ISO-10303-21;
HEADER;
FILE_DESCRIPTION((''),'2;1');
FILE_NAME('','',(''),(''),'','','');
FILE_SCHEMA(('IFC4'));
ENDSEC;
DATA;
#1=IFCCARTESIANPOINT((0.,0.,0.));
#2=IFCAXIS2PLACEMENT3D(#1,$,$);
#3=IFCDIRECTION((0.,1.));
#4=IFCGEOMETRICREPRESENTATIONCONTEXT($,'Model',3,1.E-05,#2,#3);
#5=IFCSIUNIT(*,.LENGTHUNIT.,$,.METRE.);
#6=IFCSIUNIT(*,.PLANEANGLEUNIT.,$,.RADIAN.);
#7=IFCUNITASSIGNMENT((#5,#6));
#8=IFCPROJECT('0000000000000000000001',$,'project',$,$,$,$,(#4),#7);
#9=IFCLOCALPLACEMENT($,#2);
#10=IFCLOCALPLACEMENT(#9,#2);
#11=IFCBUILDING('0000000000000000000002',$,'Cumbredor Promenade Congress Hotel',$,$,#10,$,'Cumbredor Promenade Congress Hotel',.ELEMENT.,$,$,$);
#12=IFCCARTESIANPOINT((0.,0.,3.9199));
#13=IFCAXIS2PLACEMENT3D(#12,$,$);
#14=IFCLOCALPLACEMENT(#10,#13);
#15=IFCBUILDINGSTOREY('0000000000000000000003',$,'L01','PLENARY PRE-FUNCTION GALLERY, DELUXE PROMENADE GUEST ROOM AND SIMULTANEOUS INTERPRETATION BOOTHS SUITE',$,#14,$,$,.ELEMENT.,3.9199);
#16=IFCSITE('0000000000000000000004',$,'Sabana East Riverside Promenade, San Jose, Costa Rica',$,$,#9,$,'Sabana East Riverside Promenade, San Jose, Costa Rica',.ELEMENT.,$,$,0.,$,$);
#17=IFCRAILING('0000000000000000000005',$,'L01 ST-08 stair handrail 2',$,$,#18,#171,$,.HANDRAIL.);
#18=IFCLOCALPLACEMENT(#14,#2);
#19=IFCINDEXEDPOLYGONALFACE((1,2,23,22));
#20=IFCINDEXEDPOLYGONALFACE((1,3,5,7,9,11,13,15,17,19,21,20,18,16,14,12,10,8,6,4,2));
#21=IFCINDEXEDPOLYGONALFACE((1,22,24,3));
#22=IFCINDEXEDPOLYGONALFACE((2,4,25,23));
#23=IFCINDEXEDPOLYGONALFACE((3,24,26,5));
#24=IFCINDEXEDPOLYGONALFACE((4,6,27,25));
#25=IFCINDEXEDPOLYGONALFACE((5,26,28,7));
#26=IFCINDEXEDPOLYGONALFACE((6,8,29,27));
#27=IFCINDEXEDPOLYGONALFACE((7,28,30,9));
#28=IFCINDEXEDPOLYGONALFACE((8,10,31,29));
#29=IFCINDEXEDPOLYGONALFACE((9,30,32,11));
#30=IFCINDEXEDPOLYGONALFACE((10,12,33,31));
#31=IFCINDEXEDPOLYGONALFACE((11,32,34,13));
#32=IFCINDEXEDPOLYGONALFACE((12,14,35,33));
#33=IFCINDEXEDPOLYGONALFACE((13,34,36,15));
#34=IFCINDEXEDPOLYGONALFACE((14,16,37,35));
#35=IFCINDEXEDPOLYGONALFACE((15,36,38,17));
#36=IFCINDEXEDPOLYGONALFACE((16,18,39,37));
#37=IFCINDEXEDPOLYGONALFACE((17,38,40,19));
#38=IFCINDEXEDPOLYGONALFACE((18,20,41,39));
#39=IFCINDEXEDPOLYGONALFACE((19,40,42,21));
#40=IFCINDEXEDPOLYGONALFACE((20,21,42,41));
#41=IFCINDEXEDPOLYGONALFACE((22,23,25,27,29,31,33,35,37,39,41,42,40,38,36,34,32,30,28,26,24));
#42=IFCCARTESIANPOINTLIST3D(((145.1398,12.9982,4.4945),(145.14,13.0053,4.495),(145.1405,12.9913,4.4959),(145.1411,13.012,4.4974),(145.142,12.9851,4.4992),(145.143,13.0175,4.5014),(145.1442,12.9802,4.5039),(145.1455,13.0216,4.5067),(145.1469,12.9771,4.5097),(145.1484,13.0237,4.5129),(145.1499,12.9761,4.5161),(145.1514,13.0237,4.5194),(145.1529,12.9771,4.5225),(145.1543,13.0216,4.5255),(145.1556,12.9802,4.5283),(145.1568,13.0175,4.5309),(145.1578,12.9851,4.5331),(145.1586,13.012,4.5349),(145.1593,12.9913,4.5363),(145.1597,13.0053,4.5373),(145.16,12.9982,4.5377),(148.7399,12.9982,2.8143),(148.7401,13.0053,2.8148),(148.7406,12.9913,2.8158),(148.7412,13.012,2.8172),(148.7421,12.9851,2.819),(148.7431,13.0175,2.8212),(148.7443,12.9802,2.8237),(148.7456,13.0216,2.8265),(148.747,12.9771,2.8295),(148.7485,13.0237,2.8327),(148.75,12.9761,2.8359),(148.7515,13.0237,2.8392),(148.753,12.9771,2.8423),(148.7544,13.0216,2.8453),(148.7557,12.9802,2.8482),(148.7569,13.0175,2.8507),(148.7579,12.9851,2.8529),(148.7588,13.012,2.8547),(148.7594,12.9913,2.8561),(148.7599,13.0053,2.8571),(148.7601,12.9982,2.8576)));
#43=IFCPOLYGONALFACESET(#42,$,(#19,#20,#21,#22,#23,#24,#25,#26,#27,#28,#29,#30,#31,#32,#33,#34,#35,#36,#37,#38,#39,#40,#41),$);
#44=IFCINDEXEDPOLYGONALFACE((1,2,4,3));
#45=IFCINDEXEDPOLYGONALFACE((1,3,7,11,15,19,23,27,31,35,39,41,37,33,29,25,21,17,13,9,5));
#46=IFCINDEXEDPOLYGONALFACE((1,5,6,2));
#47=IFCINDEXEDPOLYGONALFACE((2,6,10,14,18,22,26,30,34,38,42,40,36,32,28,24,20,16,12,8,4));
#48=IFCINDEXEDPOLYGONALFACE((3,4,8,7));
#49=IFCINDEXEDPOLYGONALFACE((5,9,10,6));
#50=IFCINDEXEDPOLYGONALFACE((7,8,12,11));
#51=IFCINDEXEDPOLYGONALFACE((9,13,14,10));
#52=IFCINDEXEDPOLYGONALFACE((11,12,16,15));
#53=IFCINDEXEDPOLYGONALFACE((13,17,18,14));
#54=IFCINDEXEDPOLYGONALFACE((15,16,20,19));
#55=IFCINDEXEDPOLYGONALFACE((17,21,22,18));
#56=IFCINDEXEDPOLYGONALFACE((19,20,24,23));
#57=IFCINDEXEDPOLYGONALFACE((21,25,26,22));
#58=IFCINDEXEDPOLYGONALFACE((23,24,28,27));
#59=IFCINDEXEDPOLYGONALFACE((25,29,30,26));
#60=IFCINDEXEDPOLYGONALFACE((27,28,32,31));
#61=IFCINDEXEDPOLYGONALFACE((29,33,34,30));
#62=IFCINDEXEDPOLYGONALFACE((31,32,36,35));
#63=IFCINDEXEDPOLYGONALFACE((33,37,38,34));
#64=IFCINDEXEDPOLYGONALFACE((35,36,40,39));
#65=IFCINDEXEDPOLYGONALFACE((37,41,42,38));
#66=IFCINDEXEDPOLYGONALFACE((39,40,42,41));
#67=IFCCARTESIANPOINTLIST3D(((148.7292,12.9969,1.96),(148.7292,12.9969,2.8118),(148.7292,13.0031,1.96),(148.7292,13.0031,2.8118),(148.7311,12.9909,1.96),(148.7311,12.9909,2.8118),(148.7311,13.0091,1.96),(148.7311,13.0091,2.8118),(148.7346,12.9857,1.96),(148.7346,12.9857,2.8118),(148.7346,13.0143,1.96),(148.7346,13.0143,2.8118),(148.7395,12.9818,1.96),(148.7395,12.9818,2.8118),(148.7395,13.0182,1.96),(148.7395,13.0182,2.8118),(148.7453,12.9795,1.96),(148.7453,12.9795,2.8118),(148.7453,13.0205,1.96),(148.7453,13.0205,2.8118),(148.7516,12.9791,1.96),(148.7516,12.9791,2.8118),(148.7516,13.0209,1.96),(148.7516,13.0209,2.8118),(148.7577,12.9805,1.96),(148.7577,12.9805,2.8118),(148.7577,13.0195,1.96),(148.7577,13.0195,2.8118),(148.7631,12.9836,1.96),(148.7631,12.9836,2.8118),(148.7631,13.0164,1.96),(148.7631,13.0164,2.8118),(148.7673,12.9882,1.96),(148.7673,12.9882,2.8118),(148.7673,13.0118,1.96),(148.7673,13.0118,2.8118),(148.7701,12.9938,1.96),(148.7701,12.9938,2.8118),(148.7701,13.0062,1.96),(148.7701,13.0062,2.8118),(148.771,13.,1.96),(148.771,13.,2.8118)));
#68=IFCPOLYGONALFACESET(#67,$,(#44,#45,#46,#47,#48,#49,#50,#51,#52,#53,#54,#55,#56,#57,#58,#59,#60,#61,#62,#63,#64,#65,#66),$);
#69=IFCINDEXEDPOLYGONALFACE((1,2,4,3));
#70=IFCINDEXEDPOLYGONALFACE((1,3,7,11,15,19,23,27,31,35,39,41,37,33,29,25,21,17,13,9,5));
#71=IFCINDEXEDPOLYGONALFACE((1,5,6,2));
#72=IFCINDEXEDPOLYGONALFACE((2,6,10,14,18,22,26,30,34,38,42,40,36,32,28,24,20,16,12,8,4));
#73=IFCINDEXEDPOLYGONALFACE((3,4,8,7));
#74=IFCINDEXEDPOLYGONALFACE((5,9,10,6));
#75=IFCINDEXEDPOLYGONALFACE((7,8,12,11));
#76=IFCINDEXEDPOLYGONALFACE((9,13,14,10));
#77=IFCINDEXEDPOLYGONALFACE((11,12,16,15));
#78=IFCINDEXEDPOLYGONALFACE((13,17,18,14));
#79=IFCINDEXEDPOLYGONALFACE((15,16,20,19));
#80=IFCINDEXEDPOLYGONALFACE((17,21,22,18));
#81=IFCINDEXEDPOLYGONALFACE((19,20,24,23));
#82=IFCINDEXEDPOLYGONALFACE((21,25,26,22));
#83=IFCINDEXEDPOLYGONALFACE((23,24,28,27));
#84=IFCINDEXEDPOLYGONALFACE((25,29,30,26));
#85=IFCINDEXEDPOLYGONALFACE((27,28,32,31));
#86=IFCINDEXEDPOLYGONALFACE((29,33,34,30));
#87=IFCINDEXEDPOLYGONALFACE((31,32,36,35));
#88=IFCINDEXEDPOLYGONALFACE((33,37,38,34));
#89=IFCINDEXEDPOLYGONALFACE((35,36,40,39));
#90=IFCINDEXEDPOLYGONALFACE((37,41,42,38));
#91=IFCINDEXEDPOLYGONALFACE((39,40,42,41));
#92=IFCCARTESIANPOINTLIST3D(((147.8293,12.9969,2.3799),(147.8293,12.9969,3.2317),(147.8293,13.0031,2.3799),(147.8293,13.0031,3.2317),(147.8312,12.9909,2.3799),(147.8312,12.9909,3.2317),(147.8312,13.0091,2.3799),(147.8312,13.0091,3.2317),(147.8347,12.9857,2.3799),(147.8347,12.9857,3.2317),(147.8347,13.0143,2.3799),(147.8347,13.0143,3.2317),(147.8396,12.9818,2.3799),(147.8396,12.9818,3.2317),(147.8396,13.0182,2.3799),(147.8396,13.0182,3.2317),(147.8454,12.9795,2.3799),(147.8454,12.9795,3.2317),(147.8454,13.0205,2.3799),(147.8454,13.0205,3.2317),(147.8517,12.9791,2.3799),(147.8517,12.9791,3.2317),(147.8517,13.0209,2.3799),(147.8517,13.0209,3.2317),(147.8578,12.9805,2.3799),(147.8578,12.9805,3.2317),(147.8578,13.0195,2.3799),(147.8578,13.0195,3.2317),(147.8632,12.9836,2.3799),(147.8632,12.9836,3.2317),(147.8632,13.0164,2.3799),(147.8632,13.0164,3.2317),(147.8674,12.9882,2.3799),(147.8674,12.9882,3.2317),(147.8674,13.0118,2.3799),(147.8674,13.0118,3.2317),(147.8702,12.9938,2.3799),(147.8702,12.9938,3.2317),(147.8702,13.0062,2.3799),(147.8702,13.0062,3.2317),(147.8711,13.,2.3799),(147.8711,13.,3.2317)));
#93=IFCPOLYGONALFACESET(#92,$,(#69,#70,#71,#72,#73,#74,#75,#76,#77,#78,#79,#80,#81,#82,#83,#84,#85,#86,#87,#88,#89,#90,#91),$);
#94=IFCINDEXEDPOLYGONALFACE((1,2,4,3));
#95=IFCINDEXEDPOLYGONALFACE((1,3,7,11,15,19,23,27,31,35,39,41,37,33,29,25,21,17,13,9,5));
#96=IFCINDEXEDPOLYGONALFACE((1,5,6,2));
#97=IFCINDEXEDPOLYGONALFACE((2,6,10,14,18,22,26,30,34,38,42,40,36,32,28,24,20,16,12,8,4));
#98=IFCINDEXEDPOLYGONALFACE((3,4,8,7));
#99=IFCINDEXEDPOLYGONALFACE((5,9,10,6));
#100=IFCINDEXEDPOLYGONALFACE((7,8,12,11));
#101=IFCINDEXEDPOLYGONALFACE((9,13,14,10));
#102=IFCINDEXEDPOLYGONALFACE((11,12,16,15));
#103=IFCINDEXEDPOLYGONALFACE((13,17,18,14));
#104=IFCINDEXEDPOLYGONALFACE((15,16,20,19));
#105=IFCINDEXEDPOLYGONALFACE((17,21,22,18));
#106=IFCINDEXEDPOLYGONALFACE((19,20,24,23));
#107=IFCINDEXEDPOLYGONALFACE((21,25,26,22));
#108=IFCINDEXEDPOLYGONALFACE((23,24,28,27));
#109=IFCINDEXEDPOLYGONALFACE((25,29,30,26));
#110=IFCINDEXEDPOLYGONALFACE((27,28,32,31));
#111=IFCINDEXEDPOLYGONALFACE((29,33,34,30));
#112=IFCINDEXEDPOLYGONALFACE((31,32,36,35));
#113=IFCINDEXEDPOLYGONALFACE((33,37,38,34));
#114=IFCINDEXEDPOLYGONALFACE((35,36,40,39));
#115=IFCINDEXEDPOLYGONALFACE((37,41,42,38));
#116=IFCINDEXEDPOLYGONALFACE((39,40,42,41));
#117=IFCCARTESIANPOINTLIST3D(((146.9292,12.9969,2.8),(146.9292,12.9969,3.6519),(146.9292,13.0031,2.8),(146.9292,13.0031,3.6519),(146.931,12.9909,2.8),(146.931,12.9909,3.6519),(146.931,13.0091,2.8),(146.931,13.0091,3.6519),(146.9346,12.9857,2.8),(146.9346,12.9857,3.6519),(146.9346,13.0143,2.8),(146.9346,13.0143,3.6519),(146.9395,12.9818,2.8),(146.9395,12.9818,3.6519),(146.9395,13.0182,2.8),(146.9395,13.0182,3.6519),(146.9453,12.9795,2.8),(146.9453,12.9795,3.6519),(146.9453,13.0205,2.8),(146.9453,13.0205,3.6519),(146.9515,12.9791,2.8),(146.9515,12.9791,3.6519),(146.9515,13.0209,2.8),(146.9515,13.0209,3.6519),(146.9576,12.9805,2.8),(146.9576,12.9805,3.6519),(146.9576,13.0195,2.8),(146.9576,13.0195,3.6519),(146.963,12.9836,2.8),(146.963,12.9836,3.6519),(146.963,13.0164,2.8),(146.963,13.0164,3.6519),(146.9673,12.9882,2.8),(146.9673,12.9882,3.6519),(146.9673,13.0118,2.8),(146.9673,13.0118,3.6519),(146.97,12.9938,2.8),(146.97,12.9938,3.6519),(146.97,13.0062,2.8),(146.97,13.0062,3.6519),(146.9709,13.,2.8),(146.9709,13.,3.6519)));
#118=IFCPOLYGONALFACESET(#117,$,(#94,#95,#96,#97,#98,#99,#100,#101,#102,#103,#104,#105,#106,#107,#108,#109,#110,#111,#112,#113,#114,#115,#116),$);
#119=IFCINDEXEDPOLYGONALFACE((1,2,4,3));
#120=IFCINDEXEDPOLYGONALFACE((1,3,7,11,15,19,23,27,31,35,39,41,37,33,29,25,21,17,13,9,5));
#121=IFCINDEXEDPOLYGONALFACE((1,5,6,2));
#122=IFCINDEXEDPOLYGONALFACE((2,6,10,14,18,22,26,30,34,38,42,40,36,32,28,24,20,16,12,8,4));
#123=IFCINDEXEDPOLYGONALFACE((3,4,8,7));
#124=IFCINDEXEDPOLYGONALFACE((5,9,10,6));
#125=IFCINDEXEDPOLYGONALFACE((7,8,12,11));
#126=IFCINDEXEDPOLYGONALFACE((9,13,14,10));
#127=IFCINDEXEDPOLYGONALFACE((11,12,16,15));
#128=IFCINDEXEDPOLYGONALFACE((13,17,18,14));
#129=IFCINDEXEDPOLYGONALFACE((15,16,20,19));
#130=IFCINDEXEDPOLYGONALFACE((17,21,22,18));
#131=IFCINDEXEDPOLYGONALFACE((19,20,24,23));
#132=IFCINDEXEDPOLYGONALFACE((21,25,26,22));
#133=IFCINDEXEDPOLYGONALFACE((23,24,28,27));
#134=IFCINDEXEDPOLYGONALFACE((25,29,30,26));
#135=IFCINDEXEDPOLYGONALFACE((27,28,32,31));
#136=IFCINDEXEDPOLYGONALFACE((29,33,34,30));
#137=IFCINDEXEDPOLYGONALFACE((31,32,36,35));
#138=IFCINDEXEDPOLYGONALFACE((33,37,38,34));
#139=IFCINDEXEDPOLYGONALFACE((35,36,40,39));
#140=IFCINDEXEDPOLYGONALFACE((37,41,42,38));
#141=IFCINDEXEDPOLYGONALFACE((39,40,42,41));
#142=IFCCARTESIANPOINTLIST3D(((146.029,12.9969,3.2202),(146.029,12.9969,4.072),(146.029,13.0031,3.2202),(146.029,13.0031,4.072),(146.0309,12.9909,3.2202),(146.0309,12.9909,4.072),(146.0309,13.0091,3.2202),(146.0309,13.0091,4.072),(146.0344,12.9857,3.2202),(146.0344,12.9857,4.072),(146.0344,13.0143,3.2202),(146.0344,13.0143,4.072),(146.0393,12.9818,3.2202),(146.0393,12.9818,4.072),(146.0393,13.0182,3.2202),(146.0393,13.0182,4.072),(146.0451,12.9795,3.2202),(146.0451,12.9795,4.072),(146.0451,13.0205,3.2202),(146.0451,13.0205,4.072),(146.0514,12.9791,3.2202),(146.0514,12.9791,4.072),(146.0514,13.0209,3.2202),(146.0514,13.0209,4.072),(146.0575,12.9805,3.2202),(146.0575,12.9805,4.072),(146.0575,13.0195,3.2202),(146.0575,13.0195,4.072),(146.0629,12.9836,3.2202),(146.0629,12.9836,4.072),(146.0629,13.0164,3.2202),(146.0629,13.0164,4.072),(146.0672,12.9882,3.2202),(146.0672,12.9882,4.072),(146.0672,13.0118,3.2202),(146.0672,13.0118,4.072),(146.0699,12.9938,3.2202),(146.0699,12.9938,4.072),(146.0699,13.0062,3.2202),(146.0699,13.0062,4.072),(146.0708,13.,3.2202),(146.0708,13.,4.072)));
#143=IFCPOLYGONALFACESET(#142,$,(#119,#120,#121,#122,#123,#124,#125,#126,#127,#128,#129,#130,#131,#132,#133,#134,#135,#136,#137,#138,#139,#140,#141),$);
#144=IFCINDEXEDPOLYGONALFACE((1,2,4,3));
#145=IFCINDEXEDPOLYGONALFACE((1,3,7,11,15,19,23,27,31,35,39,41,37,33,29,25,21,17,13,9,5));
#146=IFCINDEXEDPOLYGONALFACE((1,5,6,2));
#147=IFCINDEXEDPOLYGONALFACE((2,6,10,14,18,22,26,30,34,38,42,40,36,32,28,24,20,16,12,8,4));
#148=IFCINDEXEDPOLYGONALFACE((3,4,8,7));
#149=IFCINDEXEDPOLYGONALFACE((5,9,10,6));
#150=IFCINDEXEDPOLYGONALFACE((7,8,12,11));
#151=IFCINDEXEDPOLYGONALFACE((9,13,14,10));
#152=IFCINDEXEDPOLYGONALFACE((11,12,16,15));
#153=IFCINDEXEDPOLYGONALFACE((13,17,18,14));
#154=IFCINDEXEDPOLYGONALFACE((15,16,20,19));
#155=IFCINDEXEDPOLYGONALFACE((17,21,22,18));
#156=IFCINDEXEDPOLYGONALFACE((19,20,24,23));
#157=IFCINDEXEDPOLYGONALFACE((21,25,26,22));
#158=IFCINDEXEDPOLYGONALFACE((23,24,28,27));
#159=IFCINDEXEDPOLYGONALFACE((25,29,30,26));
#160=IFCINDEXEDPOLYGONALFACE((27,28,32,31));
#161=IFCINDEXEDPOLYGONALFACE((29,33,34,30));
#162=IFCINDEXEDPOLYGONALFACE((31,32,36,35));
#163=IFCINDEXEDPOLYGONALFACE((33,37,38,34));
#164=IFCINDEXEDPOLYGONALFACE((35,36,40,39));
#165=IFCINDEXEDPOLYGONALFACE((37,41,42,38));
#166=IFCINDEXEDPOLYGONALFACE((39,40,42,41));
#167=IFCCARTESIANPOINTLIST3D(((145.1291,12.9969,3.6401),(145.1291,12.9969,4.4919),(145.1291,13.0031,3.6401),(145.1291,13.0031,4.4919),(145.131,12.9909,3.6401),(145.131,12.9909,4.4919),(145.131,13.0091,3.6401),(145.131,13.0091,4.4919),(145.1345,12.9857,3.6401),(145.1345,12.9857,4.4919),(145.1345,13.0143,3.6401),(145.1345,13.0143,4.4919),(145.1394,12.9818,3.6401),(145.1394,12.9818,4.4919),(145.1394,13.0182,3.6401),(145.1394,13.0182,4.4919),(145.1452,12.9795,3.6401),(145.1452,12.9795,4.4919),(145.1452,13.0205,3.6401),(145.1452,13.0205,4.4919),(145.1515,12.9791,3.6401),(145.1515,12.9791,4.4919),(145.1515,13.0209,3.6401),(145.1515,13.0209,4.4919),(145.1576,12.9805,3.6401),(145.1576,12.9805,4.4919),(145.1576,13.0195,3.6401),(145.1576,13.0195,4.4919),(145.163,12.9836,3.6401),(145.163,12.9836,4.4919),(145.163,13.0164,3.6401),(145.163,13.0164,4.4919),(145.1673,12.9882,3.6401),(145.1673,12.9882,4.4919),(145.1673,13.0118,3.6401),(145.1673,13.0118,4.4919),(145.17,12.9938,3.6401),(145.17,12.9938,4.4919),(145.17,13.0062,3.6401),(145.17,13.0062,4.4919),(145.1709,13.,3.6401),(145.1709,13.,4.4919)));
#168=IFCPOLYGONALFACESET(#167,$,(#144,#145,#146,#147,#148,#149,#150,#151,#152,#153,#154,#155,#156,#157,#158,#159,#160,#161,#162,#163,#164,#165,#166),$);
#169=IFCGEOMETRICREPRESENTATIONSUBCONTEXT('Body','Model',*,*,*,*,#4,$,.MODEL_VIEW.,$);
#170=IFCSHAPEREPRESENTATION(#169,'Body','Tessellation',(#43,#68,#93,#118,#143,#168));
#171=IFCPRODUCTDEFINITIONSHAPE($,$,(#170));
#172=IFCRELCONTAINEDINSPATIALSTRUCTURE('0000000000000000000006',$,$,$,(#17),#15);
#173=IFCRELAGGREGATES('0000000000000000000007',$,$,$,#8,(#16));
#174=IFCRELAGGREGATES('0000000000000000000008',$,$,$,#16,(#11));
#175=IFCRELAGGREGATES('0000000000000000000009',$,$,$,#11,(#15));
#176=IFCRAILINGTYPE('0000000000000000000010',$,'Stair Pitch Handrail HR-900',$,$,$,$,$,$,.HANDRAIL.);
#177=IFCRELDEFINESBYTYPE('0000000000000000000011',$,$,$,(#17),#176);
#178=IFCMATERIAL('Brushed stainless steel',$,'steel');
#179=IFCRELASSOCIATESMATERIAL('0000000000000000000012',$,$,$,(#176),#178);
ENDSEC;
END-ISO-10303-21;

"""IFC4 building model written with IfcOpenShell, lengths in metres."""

from ifc_helpers import new_model, si_unit, direction, frame, origin, origin_2d, place, context, subcontext, project, spatial, circle, extrude, material, type_object, element, save


model = new_model("IFC4")

# Units and contexts
model_context = context("Model", 3, precision=1e-05, world=origin(), true_north=direction((0.0, 1.0)))
body_context = subcontext(model_context, "Body", "Model", "MODEL_VIEW")
ifc_project = project(units=[si_unit("LENGTHUNIT", "METRE"), si_unit("PLANEANGLEUNIT", "RADIAN")], contexts=[model_context])

# Site, building, storey
site_placement = place(None, origin())
site = spatial("IfcSite", under=ifc_project, at=site_placement, Name="Sabana East Riverside Promenade, San Jose, Costa Rica", LongName="Sabana East Riverside Promenade, San Jose, Costa Rica", CompositionType="ELEMENT", RefElevation=0.0)
building_placement = place(site_placement, origin())
building = spatial("IfcBuilding", under=site, at=building_placement, Name="Cumbredor Promenade Congress Hotel", LongName="Cumbredor Promenade Congress Hotel", CompositionType="ELEMENT")
storey_placement = place(building_placement, frame((0.0, 0.0, 3.9199)))
storey = spatial("IfcBuildingStorey", under=building, at=storey_placement, Name="L01", Description="PLENARY PRE-FUNCTION GALLERY, DELUXE PROMENADE GUEST ROOM AND SIMULTANEOUS INTERPRETATION BOOTHS SUITE", CompositionType="ELEMENT", Elevation=3.9199)

# Shared definitions
ifc_material_1 = material(Name="Brushed stainless steel", Category="steel")

# Railing
railing_type_1 = type_object("IfcRailingType", Name="Stair Pitch Handrail HR-900", PredefinedType="HANDRAIL", material=ifc_material_1)
railing_1_placement = place(storey_placement, frame((148.75, 13.0, 1.96)))
element("IfcRailing", 1, at=railing_1_placement, inside=storey, type_object=railing_type_1, Name="L01 ST-08 stair handrail 2", PredefinedType="HANDRAIL", context=body_context, shape_type="SweptSolid", body=[
    extrude(circle(Radius=0.0239, at=origin_2d()), frame((0.0, 0.0, 0.876), z_axis=(-0.906171, 0.0, 0.422912), x_axis=(0.0, -1.0, 0.0)), (0.0, 0.0, 1.0), 3.9729),
    extrude(circle(Radius=0.021, at=origin_2d()), origin(), (0.0, 0.0, 1.0), 0.8518),
    extrude(circle(Radius=0.021, at=origin_2d()), frame((-0.8999, 0.0, 0.4199)), (0.0, 0.0, 1.0), 0.8518),
    extrude(circle(Radius=0.021, at=origin_2d()), frame((-1.8, 0.0, 0.8401)), (0.0, 0.0, 1.0), 0.8518),
    extrude(circle(Radius=0.021, at=origin_2d()), frame((-2.7002, 0.0, 1.2603)), (0.0, 0.0, 1.0), 0.8518),
    extrude(circle(Radius=0.021, at=origin_2d()), frame((-3.6001, 0.0, 1.6802)), (0.0, 0.0, 1.0), 0.8518),
])

save(model, "model.ifc")
